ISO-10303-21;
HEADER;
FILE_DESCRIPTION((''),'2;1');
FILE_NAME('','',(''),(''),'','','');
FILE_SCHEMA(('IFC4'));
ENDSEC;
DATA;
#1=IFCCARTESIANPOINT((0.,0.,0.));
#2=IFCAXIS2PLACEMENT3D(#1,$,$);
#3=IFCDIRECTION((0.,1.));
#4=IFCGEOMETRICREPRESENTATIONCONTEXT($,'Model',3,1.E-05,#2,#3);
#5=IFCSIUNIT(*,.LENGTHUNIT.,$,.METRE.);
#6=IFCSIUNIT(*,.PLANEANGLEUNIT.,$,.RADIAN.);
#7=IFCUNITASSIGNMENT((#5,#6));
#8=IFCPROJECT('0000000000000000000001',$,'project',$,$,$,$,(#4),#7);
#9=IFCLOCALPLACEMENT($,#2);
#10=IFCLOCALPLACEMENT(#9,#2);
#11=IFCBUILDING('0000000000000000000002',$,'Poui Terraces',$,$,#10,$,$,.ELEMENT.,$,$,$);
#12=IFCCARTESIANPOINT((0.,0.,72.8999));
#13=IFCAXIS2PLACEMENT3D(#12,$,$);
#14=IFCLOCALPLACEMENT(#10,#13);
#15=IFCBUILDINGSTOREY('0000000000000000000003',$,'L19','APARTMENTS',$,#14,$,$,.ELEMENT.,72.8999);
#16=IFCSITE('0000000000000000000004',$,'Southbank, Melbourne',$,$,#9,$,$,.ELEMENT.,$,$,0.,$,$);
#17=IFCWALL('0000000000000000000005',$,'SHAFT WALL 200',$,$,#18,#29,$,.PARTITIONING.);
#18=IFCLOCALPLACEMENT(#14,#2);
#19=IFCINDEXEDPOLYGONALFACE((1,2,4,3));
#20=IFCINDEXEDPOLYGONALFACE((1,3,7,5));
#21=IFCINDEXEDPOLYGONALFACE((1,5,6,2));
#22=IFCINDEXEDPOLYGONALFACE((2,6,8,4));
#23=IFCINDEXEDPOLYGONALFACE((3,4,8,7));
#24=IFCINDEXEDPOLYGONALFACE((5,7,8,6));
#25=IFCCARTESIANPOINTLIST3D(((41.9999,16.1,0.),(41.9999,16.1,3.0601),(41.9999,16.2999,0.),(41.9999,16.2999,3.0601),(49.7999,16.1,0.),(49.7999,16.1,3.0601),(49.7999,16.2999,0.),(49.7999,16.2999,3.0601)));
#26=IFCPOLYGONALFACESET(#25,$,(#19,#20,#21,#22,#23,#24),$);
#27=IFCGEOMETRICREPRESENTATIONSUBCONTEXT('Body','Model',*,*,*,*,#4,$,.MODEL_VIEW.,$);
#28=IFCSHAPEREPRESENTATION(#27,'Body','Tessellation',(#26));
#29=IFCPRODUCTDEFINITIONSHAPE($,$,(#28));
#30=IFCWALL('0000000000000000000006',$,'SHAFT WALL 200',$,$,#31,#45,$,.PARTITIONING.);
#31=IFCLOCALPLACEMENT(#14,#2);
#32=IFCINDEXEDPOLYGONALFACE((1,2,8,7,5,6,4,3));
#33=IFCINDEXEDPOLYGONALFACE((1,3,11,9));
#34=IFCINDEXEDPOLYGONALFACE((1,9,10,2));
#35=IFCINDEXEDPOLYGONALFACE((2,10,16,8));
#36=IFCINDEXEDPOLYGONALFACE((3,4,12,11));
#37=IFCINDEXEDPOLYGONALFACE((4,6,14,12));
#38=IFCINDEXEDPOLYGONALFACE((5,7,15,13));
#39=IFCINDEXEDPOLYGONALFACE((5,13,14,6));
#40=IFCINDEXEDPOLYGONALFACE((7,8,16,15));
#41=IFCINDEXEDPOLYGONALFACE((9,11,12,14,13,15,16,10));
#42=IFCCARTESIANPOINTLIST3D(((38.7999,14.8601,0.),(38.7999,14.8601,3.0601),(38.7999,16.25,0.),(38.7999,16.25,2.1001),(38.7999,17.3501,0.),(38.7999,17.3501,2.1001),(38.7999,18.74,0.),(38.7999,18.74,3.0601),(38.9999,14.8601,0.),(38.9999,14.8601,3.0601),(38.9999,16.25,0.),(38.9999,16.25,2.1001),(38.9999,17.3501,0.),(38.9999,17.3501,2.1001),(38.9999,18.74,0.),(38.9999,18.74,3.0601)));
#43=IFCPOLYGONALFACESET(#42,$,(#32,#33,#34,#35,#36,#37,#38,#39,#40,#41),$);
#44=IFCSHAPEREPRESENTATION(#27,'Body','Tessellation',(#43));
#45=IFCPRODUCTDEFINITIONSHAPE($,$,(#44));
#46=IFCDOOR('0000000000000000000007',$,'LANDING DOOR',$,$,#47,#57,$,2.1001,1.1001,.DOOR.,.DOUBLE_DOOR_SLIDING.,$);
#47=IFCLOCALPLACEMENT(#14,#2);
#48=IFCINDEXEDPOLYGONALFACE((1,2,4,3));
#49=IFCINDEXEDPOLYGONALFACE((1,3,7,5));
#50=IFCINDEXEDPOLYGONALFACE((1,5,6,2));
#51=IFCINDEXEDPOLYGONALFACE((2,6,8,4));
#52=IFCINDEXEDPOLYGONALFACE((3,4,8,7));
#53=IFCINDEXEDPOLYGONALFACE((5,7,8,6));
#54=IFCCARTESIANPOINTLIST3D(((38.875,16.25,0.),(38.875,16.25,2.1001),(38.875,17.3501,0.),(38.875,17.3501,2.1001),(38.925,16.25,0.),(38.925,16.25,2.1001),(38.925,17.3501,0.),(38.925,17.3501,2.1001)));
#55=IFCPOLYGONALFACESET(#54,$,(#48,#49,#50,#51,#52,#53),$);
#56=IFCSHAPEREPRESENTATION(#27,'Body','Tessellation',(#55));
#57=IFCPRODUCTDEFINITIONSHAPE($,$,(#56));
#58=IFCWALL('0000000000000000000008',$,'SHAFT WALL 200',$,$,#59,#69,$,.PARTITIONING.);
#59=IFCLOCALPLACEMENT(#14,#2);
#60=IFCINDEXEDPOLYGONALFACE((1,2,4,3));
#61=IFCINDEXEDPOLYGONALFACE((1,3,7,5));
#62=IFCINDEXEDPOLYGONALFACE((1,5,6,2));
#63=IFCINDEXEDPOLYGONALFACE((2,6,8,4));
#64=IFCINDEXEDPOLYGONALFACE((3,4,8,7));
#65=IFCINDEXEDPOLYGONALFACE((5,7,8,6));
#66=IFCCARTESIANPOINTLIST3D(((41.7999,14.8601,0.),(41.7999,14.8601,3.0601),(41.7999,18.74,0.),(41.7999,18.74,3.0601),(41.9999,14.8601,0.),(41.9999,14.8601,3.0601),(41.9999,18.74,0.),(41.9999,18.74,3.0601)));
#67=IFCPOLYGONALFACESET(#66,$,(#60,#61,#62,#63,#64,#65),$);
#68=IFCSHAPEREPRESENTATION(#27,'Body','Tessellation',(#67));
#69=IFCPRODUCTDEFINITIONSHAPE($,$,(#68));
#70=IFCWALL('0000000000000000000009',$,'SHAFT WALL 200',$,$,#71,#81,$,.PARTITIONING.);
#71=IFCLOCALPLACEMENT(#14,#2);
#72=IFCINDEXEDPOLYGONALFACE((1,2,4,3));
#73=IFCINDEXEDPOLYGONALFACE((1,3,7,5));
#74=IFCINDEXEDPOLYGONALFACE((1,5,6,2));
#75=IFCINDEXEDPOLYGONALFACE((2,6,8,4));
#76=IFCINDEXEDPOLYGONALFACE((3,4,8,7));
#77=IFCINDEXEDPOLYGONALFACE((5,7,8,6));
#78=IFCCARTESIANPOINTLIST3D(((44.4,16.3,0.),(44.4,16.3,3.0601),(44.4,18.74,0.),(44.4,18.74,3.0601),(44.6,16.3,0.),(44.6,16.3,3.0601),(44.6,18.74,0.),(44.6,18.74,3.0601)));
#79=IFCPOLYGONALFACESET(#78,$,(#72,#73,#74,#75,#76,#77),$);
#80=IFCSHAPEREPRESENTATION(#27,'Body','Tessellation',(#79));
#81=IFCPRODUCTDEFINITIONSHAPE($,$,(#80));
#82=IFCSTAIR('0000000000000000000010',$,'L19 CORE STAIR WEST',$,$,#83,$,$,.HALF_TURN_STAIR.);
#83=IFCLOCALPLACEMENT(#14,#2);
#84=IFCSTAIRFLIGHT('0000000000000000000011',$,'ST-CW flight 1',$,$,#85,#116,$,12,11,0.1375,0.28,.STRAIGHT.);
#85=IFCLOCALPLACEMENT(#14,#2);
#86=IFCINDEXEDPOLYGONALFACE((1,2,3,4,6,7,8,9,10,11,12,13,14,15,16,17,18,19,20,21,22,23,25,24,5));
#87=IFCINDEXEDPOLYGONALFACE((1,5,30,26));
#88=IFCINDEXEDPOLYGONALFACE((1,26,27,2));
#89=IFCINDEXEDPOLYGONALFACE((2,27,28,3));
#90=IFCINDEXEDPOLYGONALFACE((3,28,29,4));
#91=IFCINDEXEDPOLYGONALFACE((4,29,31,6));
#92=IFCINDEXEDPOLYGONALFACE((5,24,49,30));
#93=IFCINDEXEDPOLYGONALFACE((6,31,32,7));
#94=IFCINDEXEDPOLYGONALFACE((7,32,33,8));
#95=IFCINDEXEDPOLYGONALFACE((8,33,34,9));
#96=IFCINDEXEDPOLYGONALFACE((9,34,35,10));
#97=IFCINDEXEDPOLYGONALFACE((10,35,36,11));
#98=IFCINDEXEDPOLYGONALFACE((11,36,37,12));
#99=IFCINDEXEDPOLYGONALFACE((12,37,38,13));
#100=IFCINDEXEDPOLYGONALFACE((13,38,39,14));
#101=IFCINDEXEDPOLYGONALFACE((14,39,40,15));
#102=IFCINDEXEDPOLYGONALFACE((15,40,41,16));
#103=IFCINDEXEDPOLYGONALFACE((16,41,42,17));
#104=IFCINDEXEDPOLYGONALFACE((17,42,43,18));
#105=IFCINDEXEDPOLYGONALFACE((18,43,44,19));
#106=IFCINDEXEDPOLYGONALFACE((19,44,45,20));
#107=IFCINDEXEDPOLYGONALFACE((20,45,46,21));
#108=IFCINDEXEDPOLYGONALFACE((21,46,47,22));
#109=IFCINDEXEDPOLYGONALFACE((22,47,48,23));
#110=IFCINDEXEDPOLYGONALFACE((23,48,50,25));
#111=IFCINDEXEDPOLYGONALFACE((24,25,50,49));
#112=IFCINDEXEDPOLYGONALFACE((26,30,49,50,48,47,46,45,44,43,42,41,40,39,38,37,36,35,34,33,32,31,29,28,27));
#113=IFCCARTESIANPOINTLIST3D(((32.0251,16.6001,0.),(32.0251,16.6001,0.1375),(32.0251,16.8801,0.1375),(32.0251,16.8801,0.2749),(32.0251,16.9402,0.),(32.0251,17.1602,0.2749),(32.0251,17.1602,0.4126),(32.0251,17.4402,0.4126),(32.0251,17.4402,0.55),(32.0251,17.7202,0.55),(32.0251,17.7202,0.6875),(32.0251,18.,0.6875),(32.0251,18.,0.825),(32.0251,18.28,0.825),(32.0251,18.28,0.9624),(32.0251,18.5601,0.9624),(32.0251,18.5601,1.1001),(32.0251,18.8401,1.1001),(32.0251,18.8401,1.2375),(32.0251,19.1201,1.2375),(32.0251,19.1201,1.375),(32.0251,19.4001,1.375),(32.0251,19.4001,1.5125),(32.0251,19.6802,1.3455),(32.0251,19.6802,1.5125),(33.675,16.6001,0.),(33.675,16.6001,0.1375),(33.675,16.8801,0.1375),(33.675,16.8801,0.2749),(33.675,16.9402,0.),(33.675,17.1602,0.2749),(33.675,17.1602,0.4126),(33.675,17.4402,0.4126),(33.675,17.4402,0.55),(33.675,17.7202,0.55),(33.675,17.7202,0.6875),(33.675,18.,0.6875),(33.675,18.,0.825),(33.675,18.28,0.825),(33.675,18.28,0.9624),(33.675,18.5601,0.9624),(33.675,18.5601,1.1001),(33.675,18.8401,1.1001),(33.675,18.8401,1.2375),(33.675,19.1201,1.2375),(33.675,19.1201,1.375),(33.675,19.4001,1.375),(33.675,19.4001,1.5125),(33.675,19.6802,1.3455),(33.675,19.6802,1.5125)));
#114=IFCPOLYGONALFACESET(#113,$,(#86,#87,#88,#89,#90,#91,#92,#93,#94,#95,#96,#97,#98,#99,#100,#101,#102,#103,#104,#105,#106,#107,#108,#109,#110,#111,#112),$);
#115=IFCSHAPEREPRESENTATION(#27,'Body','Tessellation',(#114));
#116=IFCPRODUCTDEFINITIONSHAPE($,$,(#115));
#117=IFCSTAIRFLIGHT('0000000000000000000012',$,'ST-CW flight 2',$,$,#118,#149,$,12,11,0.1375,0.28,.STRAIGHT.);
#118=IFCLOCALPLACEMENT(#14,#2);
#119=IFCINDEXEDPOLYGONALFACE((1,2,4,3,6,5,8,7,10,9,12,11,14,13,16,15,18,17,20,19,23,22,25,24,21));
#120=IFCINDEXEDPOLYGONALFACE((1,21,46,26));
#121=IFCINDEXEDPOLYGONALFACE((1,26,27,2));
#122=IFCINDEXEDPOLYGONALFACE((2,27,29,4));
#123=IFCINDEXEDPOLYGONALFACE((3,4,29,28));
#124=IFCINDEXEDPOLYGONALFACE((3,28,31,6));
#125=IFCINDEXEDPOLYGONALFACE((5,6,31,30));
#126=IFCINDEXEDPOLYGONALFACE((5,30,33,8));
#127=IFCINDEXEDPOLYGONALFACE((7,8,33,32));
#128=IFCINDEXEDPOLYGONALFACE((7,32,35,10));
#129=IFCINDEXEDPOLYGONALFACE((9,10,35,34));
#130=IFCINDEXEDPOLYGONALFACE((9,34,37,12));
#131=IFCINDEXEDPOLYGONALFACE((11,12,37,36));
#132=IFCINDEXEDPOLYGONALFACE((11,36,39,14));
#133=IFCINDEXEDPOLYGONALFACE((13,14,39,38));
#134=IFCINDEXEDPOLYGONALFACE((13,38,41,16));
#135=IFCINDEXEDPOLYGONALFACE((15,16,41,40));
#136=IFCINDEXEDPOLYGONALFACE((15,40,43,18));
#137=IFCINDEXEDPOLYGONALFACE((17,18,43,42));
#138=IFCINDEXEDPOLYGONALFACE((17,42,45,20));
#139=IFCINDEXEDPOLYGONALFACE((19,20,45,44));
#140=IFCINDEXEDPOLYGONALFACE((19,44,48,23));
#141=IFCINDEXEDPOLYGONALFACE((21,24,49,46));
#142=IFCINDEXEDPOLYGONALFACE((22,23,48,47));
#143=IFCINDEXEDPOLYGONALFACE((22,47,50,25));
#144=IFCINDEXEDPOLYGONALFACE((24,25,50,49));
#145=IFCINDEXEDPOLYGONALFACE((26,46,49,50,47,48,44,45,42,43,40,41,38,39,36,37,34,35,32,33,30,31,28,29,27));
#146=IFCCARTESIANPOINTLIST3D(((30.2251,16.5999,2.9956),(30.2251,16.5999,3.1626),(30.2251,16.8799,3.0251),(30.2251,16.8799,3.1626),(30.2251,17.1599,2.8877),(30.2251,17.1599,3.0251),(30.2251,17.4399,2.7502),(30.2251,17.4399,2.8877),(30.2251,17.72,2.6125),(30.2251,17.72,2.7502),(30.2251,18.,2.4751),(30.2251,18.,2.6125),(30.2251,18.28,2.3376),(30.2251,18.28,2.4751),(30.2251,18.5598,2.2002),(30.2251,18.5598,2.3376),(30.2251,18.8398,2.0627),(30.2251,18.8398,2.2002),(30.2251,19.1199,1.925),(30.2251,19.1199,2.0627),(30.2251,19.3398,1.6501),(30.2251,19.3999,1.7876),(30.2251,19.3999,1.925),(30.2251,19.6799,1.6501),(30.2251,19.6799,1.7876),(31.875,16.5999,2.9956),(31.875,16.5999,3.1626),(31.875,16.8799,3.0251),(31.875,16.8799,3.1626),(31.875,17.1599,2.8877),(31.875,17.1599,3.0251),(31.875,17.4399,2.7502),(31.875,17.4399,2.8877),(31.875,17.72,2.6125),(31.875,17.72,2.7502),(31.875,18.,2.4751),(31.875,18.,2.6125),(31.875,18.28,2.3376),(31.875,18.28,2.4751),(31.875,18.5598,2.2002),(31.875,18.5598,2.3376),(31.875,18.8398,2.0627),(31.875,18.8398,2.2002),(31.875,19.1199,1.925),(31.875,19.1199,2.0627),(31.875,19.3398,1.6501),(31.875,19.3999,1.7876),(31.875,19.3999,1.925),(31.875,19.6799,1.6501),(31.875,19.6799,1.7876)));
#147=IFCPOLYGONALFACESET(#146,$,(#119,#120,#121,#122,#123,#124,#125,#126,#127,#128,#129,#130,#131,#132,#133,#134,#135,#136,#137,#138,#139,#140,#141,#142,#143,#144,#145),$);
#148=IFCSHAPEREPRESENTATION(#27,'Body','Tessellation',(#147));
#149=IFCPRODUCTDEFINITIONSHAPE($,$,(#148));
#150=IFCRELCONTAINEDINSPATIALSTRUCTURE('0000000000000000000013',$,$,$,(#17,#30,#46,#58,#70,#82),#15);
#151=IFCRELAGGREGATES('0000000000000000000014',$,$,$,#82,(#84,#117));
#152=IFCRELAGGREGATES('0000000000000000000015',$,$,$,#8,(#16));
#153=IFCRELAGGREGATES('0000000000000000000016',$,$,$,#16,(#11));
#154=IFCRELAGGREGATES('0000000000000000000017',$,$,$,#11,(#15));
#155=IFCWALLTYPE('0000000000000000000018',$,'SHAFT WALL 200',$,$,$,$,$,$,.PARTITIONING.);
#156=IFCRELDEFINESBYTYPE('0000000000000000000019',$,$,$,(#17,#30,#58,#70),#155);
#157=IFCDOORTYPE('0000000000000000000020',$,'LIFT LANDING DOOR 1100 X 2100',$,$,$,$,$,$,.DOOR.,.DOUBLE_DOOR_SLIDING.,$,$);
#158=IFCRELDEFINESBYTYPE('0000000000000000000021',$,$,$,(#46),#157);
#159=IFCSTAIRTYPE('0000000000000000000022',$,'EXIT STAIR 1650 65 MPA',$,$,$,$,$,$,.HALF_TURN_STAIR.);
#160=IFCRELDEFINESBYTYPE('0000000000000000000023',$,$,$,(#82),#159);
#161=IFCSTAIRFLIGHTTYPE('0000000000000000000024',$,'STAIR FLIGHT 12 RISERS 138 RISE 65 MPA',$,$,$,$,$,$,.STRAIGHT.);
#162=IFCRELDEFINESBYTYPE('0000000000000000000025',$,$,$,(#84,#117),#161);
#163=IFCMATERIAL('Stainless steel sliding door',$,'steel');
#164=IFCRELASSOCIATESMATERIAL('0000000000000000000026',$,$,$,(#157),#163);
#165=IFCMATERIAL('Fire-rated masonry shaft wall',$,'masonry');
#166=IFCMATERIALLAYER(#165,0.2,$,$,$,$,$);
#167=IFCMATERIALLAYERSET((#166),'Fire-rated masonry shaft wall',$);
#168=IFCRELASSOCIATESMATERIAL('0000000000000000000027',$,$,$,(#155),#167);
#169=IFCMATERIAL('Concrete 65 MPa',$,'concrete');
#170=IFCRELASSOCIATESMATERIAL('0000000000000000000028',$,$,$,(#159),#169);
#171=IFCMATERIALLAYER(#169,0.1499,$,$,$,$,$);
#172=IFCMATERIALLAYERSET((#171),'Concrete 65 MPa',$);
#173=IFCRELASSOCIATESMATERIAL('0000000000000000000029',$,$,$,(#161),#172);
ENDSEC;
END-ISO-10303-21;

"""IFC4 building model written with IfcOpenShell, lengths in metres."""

from ifc_helpers import new_model, si_unit, direction, frame, frame_2d, origin, place, context, subcontext, project, spatial, polyline, rectangle, outline, extrude, material, layer, layer_set, type_object, element, fill, aggregate, save


model = new_model("IFC4")

# Units and contexts
model_context = context("Model", 3, precision=1e-05, world=origin(), true_north=direction((0.0, 1.0)))
body_context = subcontext(model_context, "Body", "Model", "MODEL_VIEW")
ifc_project = project(units=[si_unit("LENGTHUNIT", "METRE"), si_unit("PLANEANGLEUNIT", "RADIAN")], contexts=[model_context])

# Site, building, storey
site_placement = place(None, origin())
site = spatial("IfcSite", under=ifc_project, at=site_placement, Name="Southbank, Melbourne", CompositionType="ELEMENT", RefElevation=0.0)
building_placement = place(site_placement, origin())
building = spatial("IfcBuilding", under=site, at=building_placement, Name="Poui Terraces", CompositionType="ELEMENT")
storey_placement = place(building_placement, frame((0.0, 0.0, 72.8999)))
storey = spatial("IfcBuildingStorey", under=building, at=storey_placement, Name="L19", Description="APARTMENTS", CompositionType="ELEMENT", Elevation=72.8999)

# Shared definitions
ifc_material_1 = material(Name="Concrete 65 MPa", Category="concrete")
ifc_material_2 = material(Name="Stainless steel sliding door", Category="steel")
door_type_1 = type_object("IfcDoorType", Name="LIFT LANDING DOOR 1100 X 2100", OperationType="DOUBLE_DOOR_SLIDING", PredefinedType="DOOR", material=ifc_material_2)

# Wall
ifc_material_3 = material(Name="Fire-rated masonry shaft wall", Category="masonry")
ifc_layer_1 = layer(ifc_material_3, 0.2)
ifc_layer_set_1 = layer_set([ifc_layer_1], Name="Fire-rated masonry shaft wall")
wall_type_1 = type_object("IfcWallType", Name="SHAFT WALL 200", PredefinedType="PARTITIONING", material=ifc_layer_set_1)
wall_1_placement = place(storey_placement, frame((42.0, 16.2, 0.0), z_axis=(0.0, 0.0, 1.0), x_axis=(1.0, 0.0, 0.0)))
element("IfcWall", 1, at=wall_1_placement, inside=storey, type_object=wall_type_1, Name="SHAFT WALL 200", PredefinedType="PARTITIONING", context=body_context, shape_type="SweptSolid", body=[
    extrude(rectangle(XDim=7.8, YDim=0.2, at=frame_2d((3.8999, 0.0))), origin(), (0.0, 0.0, 1.0), 3.0601),
])

# Wall, opening, door
wall_2_placement = place(storey_placement, frame((38.8999, 14.8601, 0.0), z_axis=(0.0, 0.0, 1.0), x_axis=(0.0, 1.0, 0.0)))
wall_2 = element("IfcWall", 2, at=wall_2_placement, inside=storey, type_object=wall_type_1, Name="SHAFT WALL 200", PredefinedType="PARTITIONING", context=body_context, shape_type="SweptSolid", body=[
    extrude(rectangle(XDim=3.8799, YDim=0.2, at=frame_2d((1.9399, 0.0))), origin(), (0.0, 0.0, 1.0), 3.0601),
])
opening_1_placement = place(wall_2_placement, frame((1.3899, 0.0, 0.0)))
opening_1 = element("IfcOpeningElement", 3, at=opening_1_placement, cuts=wall_2, PredefinedType="OPENING", context=body_context, shape_type="SweptSolid", body=[
    extrude(rectangle(XDim=1.1001, YDim=2.1001, at=frame_2d((0.55, 1.05))), frame((0.0, 0.1099, 0.0), z_axis=(0.0, -1.0, 0.0), x_axis=(1.0, 0.0, 0.0)), (0.0, 0.0, 1.0), 0.22),
])
door_1_placement = place(opening_1_placement, origin())
door_1 = element("IfcDoor", 4, at=door_1_placement, inside=storey, type_object=door_type_1, Name="LANDING DOOR", OperationType="DOUBLE_DOOR_SLIDING", OverallHeight=2.1001, OverallWidth=1.1001, PredefinedType="DOOR", context=body_context, shape_type="SweptSolid", body=[
    extrude(rectangle(XDim=1.1001, YDim=2.1001, at=frame_2d((0.55, 1.05))), frame((0.0, 0.0249, 0.0), z_axis=(0.0, -1.0, 0.0), x_axis=(1.0, 0.0, 0.0)), (0.0, 0.0, 1.0), 0.05),
])
fill(opening_1, door_1)

# Walls
wall_3_placement = place(storey_placement, frame((41.8999, 14.8601, 0.0), z_axis=(0.0, 0.0, 1.0), x_axis=(0.0, 1.0, 0.0)))
element("IfcWall", 5, at=wall_3_placement, inside=storey, type_object=wall_type_1, Name="SHAFT WALL 200", PredefinedType="PARTITIONING", context=body_context, shape_type="SweptSolid", body=[
    extrude(rectangle(XDim=3.8799, YDim=0.2, at=frame_2d((1.9399, 0.0))), origin(), (0.0, 0.0, 1.0), 3.0601),
])
wall_4_placement = place(storey_placement, frame((44.5, 16.3, 0.0), z_axis=(0.0, 0.0, 1.0), x_axis=(0.0, 1.0, 0.0)))
element("IfcWall", 6, at=wall_4_placement, inside=storey, type_object=wall_type_1, Name="SHAFT WALL 200", PredefinedType="PARTITIONING", context=body_context, shape_type="SweptSolid", body=[
    extrude(rectangle(XDim=2.4399, YDim=0.2, at=frame_2d((1.22, 0.0))), origin(), (0.0, 0.0, 1.0), 3.0601),
])

# Stair, stair flights
stair_type = type_object("IfcStairType", Name="EXIT STAIR 1650 65 MPA", PredefinedType="HALF_TURN_STAIR", material=ifc_material_1)
stair_placement = place(storey_placement, origin())
stair = element("IfcStair", 7, at=stair_placement, inside=storey, type_object=stair_type, Name="L19 CORE STAIR WEST", PredefinedType="HALF_TURN_STAIR")
ifc_layer_2 = layer(ifc_material_1, 0.1499)
ifc_layer_set_2 = layer_set([ifc_layer_2], Name="Concrete 65 MPa")
stair_flight_type = type_object("IfcStairFlightType", Name="STAIR FLIGHT 12 RISERS 138 RISE 65 MPA", PredefinedType="STRAIGHT", material=ifc_layer_set_2)
stair_flight_1_placement = place(storey_placement, frame((32.8501, 16.6001, 0.0), z_axis=(0.0, 0.0, 1.0), x_axis=(0.0, 1.0, 0.0)))
stair_flight_1 = element("IfcStairFlight", 8, at=stair_flight_1_placement, type_object=stair_flight_type, Name="ST-CW flight 1", NumberOfRisers=12, NumberOfTreads=11, PredefinedType="STRAIGHT", RiserHeight=0.1375, TreadLength=0.28, context=body_context, shape_type="SweptSolid", body=[
    extrude(outline(polyline([(0.0, 0.0), (0.0, 0.1375), (0.28, 0.1375), (0.28, 0.2749), (0.5601, 0.2749), (0.5601, 0.4126), (0.8401, 0.4126), (0.8401, 0.55), (1.1201, 0.55), (1.1201, 0.6875), (1.3999, 0.6875), (1.3999, 0.825), (1.6799, 0.825), (1.6799, 0.9624), (1.96, 0.9624), (1.96, 1.1001), (2.24, 1.1001), (2.24, 1.2375), (2.52, 1.2375), (2.52, 1.375), (2.8, 1.375), (2.8, 1.5125), (3.0801, 1.5125), (3.0801, 1.6499), (3.0801, 1.3455), (0.3401, 0.0), (0.0, 0.0)])), frame((0.0, 0.825, 0.0), z_axis=(0.0, -1.0, 0.0), x_axis=(1.0, 0.0, 0.0)), (0.0, 0.0, 1.0), 1.6499),
])
stair_flight_2_placement = place(storey_placement, frame((31.05, 19.6799, 1.6501), z_axis=(0.0, 0.0, 1.0), x_axis=(0.0, -1.0, 0.0)))
stair_flight_2 = element("IfcStairFlight", 9, at=stair_flight_2_placement, type_object=stair_flight_type, Name="ST-CW flight 2", NumberOfRisers=12, NumberOfTreads=11, PredefinedType="STRAIGHT", RiserHeight=0.1375, TreadLength=0.28, context=body_context, shape_type="SweptSolid", body=[
    extrude(outline(polyline([(0.0, 0.0), (0.0, 0.1375), (0.28, 0.1375), (0.28, 0.2749), (0.5601, 0.2749), (0.5601, 0.4126), (0.8401, 0.4126), (0.8401, 0.55), (1.1201, 0.55), (1.1201, 0.6875), (1.3999, 0.6875), (1.3999, 0.825), (1.6799, 0.825), (1.6799, 0.9624), (1.96, 0.9624), (1.96, 1.1001), (2.24, 1.1001), (2.24, 1.2375), (2.52, 1.2375), (2.52, 1.375), (2.8, 1.375), (2.8, 1.5125), (3.0801, 1.5125), (3.0801, 1.6499), (3.0801, 1.3455), (0.3401, 0.0), (0.0, 0.0)])), frame((0.0, 0.825, 0.0), z_axis=(0.0, -1.0, 0.0), x_axis=(1.0, 0.0, 0.0)), (0.0, 0.0, 1.0), 1.6499),
])
aggregate(stair, [stair_flight_1, stair_flight_2])

save(model, "model.ifc")
